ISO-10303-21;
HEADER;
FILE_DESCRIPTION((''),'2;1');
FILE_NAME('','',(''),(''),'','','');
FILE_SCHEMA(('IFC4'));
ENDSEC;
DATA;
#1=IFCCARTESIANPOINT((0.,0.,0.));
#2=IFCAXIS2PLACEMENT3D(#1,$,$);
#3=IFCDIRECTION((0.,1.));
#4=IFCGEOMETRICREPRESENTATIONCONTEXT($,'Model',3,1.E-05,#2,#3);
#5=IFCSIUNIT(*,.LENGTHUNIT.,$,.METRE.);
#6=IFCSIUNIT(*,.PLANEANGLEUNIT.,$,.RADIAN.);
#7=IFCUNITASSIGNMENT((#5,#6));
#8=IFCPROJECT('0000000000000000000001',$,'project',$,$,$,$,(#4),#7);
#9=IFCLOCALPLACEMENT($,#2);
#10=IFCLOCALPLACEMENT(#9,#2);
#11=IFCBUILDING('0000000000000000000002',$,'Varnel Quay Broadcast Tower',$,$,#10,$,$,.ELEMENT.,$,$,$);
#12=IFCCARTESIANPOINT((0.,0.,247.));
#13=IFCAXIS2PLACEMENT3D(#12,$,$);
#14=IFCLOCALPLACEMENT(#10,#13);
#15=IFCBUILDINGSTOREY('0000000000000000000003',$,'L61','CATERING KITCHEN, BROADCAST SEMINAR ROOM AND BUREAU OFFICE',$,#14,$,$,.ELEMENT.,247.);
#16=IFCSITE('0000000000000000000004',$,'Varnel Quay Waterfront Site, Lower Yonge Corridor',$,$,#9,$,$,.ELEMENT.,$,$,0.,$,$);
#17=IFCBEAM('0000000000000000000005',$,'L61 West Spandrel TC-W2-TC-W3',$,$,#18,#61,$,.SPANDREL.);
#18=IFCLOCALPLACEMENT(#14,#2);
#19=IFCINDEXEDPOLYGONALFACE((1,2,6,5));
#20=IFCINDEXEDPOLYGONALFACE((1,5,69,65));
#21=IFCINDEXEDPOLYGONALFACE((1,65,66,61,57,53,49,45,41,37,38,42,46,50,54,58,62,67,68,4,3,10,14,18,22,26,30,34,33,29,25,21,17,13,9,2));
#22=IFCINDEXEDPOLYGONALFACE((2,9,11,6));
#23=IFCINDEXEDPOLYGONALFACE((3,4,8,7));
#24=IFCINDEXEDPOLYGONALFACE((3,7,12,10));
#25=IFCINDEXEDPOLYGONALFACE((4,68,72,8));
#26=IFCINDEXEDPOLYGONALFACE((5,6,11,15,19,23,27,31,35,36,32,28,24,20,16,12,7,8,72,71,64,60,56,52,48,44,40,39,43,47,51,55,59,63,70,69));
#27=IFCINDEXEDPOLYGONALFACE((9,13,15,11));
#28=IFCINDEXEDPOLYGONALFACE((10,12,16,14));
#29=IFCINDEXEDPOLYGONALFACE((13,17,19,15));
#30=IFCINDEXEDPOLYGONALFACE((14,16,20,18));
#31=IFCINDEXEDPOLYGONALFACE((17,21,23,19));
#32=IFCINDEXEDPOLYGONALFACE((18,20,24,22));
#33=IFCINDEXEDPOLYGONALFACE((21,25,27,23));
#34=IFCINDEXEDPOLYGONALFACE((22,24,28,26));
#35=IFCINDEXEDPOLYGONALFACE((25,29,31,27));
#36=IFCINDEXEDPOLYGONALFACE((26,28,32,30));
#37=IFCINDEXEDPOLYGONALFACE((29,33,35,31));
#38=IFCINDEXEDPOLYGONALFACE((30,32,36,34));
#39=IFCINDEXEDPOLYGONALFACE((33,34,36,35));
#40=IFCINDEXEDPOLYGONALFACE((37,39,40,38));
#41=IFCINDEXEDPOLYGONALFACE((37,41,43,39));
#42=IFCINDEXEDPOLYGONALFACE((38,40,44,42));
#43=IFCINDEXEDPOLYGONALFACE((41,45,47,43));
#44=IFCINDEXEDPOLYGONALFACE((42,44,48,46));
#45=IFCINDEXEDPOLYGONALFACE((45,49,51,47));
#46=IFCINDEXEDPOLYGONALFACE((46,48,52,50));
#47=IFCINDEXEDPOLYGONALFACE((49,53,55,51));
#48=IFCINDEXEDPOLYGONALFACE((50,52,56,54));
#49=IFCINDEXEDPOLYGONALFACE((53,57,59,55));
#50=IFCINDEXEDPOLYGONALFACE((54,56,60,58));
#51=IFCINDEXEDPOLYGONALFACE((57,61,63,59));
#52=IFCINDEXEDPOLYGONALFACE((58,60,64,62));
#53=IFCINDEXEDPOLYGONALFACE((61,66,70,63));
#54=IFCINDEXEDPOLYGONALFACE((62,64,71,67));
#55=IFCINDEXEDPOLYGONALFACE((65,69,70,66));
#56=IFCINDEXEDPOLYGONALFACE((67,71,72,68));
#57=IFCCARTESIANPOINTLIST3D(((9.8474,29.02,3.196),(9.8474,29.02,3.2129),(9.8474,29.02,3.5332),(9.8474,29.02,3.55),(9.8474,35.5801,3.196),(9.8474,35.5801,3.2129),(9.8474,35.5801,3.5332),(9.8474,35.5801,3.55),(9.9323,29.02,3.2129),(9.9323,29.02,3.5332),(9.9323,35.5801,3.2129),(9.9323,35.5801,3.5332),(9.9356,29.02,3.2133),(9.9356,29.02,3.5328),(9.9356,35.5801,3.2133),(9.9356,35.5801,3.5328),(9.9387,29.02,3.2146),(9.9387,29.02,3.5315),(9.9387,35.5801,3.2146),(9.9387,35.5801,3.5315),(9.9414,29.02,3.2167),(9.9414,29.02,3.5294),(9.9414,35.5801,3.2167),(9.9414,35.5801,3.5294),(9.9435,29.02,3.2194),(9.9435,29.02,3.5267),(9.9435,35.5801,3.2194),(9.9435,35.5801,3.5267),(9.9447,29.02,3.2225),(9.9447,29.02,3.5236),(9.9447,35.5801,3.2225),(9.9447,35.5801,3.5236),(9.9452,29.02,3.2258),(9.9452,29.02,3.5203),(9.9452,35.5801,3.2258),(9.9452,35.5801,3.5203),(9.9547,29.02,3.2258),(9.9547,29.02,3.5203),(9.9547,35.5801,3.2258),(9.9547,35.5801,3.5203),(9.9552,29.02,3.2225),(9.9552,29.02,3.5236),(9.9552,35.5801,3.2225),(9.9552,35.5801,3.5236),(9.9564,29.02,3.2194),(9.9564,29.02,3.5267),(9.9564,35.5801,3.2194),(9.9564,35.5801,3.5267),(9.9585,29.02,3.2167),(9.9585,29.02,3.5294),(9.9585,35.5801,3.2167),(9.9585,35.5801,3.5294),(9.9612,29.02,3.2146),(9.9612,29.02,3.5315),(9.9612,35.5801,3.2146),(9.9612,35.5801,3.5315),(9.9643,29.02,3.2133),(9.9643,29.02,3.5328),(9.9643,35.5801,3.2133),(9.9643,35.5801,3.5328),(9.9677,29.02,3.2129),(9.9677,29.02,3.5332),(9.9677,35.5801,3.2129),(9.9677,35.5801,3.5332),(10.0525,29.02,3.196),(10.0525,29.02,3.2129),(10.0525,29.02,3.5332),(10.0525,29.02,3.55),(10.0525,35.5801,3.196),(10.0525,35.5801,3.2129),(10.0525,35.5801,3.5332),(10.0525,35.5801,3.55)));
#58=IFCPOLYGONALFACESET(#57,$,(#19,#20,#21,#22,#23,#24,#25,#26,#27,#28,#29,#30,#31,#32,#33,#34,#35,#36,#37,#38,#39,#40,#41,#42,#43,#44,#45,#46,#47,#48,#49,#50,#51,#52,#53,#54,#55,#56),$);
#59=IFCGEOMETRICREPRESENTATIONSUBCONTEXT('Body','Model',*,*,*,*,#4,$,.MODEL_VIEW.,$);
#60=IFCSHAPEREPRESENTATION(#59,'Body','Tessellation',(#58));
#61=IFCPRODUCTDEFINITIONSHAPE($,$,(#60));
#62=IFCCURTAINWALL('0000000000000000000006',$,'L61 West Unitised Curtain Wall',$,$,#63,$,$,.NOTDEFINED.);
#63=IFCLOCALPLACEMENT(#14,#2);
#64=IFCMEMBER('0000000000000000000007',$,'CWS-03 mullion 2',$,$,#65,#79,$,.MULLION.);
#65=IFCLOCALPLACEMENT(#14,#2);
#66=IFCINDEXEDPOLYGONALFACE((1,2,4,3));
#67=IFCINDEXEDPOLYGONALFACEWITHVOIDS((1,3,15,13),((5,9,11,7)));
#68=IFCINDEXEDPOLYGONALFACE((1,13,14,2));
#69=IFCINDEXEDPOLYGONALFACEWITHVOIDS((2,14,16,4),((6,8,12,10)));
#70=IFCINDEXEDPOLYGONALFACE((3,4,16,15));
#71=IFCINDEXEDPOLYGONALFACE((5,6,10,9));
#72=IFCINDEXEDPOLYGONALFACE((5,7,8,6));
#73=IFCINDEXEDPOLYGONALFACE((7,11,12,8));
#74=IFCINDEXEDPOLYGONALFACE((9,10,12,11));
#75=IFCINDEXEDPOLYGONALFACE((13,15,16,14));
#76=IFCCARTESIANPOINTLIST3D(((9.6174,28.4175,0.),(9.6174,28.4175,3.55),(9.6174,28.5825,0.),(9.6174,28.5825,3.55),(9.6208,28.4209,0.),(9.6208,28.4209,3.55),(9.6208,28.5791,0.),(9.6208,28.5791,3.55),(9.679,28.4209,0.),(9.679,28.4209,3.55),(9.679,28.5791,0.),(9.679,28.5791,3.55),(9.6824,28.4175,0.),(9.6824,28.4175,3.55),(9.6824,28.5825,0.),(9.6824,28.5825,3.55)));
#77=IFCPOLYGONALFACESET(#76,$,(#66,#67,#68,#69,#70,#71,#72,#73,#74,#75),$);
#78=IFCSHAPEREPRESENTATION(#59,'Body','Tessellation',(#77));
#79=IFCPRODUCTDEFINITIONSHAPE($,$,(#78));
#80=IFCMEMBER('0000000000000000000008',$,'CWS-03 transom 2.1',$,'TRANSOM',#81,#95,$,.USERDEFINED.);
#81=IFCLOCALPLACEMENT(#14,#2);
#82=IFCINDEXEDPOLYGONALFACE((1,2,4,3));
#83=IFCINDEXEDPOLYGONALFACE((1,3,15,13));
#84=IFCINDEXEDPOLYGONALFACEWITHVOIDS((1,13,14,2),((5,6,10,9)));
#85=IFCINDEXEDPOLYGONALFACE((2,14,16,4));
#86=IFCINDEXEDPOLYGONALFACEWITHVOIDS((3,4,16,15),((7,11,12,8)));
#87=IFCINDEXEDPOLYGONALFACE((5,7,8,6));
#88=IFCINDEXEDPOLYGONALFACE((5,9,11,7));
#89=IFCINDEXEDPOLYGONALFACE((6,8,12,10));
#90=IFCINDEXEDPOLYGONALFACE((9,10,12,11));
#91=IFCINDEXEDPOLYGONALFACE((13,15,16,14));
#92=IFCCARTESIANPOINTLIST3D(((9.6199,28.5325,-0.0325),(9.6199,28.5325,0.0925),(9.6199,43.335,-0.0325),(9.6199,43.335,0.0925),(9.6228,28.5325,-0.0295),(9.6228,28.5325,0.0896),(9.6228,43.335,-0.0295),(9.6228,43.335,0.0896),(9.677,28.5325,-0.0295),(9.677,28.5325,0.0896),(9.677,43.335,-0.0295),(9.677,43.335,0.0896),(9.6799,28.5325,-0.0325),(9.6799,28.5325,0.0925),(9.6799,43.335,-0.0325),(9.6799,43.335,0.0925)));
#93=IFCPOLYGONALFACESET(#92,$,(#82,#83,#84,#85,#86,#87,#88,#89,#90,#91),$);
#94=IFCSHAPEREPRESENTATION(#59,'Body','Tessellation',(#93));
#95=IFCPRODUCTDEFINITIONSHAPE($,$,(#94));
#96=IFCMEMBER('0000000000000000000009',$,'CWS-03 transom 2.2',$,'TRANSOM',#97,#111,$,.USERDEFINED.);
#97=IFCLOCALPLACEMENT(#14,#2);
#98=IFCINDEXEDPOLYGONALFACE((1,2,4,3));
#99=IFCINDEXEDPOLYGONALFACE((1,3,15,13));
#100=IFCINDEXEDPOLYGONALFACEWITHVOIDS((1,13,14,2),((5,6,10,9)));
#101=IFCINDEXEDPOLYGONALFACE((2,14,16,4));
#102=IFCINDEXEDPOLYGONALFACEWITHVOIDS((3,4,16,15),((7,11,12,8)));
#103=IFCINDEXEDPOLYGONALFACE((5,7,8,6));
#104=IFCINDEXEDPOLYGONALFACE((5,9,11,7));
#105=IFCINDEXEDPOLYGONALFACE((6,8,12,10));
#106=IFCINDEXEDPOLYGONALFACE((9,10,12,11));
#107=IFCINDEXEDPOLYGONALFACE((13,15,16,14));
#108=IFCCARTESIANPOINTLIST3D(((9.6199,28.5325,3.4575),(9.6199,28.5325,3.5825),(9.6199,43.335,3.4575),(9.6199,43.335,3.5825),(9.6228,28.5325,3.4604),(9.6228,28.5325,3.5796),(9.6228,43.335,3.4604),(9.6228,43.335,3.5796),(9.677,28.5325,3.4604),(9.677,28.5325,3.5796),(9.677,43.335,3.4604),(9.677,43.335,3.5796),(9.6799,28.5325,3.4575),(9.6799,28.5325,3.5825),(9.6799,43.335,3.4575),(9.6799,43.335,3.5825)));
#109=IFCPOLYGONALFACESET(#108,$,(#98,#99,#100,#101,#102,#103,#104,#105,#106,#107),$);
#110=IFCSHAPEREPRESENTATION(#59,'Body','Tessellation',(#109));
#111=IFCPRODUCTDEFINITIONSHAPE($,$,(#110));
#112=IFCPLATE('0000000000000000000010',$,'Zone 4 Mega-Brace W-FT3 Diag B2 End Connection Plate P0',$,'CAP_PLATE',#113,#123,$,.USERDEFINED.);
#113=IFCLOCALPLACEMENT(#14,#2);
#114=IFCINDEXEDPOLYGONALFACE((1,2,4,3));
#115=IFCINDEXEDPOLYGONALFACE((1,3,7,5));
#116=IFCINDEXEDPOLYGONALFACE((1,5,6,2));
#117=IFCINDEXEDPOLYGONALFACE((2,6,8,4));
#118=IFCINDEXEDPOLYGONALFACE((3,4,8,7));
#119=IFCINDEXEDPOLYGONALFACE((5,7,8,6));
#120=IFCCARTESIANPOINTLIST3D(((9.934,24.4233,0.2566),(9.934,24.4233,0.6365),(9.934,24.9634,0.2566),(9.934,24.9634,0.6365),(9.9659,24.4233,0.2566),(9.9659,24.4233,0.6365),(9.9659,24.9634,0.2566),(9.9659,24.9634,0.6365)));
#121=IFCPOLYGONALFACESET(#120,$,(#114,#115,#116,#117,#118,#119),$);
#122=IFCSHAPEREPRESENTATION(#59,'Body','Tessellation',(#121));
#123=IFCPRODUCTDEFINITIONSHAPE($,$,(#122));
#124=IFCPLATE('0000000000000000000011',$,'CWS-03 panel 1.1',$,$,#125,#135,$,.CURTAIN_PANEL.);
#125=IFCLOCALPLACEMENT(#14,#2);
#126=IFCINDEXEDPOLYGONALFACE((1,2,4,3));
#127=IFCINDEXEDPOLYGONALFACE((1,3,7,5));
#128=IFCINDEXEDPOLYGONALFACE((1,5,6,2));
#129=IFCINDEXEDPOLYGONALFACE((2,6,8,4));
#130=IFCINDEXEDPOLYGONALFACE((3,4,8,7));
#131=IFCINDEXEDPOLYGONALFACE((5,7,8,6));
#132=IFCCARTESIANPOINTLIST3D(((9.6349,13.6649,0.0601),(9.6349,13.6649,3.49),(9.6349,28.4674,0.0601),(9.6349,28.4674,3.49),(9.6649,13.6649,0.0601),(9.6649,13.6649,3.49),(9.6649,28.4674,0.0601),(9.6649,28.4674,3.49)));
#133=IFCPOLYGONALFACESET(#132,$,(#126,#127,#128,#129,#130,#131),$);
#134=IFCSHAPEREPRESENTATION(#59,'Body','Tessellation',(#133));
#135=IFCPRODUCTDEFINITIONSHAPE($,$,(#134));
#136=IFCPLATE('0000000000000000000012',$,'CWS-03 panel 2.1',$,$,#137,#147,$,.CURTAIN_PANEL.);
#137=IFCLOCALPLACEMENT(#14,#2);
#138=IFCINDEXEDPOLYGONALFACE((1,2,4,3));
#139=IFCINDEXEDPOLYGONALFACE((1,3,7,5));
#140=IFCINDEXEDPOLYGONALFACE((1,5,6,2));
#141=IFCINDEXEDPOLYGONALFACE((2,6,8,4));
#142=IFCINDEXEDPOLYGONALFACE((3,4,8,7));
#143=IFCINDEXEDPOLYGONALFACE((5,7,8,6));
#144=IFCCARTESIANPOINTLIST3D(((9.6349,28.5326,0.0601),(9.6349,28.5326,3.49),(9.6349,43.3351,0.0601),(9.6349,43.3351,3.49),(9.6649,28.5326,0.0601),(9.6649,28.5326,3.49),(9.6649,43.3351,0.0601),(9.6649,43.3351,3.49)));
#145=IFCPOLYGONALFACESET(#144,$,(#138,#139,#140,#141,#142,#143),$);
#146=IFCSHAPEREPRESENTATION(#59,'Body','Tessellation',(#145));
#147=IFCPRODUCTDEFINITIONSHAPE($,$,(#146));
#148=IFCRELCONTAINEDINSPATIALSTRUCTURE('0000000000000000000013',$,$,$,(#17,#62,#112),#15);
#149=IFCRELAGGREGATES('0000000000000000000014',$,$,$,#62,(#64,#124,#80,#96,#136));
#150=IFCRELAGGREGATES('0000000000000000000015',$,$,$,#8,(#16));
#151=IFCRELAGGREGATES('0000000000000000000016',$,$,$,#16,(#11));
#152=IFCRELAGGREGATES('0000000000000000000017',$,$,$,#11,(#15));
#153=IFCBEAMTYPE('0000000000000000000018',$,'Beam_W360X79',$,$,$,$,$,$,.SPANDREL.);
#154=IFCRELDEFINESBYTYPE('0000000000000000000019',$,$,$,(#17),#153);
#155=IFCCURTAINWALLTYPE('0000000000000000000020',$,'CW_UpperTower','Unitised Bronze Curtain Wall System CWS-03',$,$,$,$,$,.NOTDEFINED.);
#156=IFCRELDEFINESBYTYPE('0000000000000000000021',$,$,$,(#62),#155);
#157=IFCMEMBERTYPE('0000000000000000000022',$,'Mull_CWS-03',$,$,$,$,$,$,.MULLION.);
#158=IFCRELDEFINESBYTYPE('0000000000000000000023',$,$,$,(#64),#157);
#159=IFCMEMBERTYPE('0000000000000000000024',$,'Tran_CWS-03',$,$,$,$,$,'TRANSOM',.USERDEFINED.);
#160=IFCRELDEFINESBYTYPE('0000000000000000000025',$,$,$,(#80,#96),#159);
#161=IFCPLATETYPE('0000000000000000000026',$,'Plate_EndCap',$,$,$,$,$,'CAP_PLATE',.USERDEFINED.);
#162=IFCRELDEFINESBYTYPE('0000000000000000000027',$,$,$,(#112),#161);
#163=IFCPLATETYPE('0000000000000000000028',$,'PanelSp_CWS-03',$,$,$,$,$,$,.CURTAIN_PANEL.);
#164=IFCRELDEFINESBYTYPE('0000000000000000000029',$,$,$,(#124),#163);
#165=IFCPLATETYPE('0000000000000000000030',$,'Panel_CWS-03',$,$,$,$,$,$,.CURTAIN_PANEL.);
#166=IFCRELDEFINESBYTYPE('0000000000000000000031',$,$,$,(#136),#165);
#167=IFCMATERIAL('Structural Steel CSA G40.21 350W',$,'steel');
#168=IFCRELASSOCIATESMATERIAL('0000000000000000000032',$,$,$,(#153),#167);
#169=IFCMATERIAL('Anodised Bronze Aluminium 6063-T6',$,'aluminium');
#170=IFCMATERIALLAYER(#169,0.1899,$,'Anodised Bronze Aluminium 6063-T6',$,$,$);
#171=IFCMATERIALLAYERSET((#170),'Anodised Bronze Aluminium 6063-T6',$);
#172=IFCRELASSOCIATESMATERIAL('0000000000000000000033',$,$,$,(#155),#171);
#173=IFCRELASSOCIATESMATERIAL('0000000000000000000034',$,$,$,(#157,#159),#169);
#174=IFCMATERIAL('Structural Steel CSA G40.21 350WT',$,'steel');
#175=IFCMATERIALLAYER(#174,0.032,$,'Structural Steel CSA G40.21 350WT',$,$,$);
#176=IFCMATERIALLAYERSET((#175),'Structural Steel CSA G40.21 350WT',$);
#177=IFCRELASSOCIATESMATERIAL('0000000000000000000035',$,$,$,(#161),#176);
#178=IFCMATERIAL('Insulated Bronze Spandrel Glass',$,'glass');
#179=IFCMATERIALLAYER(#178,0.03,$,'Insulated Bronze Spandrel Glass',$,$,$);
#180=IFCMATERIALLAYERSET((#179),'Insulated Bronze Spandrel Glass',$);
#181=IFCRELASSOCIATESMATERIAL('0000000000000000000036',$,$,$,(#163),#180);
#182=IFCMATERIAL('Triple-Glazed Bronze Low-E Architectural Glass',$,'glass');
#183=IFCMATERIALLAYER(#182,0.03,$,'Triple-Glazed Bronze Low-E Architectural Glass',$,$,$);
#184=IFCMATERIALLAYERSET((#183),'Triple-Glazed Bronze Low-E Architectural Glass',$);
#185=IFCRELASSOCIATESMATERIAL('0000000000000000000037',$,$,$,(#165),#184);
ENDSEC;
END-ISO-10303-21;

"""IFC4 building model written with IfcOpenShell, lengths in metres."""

from ifc_helpers import new_model, si_unit, direction, frame, origin, origin_2d, place, context, subcontext, project, spatial, rectangle, hollow_rectangle, i_section, extrude, source, transform, mapped, material, layer, layer_set, material_profile, profile_set, type_object, type_shapes, element, aggregate, save


model = new_model("IFC4")

# Units and contexts
model_context = context("Model", 3, precision=1e-05, world=origin(), true_north=direction((0.0, 1.0)))
body_context = subcontext(model_context, "Body", "Model", "MODEL_VIEW")
ifc_project = project(units=[si_unit("LENGTHUNIT", "METRE"), si_unit("PLANEANGLEUNIT", "RADIAN")], contexts=[model_context])

# Site, building, storey
site_placement = place(None, origin())
site = spatial("IfcSite", under=ifc_project, at=site_placement, Name="Varnel Quay Waterfront Site, Lower Yonge Corridor", CompositionType="ELEMENT", RefElevation=0.0)
building_placement = place(site_placement, origin())
building = spatial("IfcBuilding", under=site, at=building_placement, Name="Varnel Quay Broadcast Tower", CompositionType="ELEMENT")
storey_placement = place(building_placement, frame((0.0, 0.0, 247.0)))
storey = spatial("IfcBuildingStorey", under=building, at=storey_placement, Name="L61", Description="CATERING KITCHEN, BROADCAST SEMINAR ROOM AND BUREAU OFFICE", CompositionType="ELEMENT", Elevation=247.0)

# Shared definitions
ifc_material_1 = material(Name="Structural Steel CSA G40.21 350W", Category="steel")

# Beam
ifc_material_profile_1 = material_profile(ifc_material_1, i_section(OverallWidth=0.2051, OverallDepth=0.354, WebThickness=0.0095, FlangeThickness=0.0168, FilletRadius=0.0129, at=origin_2d()), Name="W360X79")
ifc_profile_set_1 = profile_set([ifc_material_profile_1], Name="Structural Steel CSA G40.21 350W")
beam_type = type_object("IfcBeamType", Name="Beam_W360X79", PredefinedType="SPANDREL", material=ifc_profile_set_1)
shared_shape_1 = source(origin(), body_context, "Body", "SweptSolid", [
    extrude(i_section(OverallWidth=0.2051, OverallDepth=0.354, WebThickness=0.0095, FlangeThickness=0.0168, FilletRadius=0.0129, at=origin_2d()), origin(), (0.0, 0.0, 1.0), 6.5601),
])
beam_1_placement = place(storey_placement, frame((9.95, 29.02, 3.373), z_axis=(0.0, 1.0, 0.0), x_axis=(-1.0, 0.0, 0.0)))
element("IfcBeam", 1, at=beam_1_placement, inside=storey, type_object=beam_type, Name="L61 West Spandrel TC-W2-TC-W3", PredefinedType="SPANDREL", context=body_context, shape_type="MappedRepresentation", body=[
    mapped(shared_shape_1, transform((0.0, 0.0, 0.0), x_axis=(1.0, 0.0, 0.0), y_axis=(0.0, 1.0, 0.0), z_axis=(0.0, 0.0, 1.0), scale=1.0)),
])

# Curtain wall, members
ifc_material_2 = material(Name="Anodised Bronze Aluminium 6063-T6", Category="aluminium")
ifc_layer_1 = layer(ifc_material_2, 0.1899, Name="Anodised Bronze Aluminium 6063-T6")
ifc_layer_set_1 = layer_set([ifc_layer_1], Name="Anodised Bronze Aluminium 6063-T6")
curtain_wall_type = type_object("IfcCurtainWallType", Name="CW_UpperTower", Description="Unitised Bronze Curtain Wall System CWS-03", PredefinedType="NOTDEFINED", material=ifc_layer_set_1)
curtain_wall_placement = place(storey_placement, origin())
curtain_wall = element("IfcCurtainWall", 2, at=curtain_wall_placement, inside=storey, type_object=curtain_wall_type, Name="L61 West Unitised Curtain Wall", PredefinedType="NOTDEFINED")
ifc_material_profile_2 = material_profile(ifc_material_2, hollow_rectangle(XDim=0.0649, YDim=0.165, WallThickness=0.0034, at=origin_2d()), Name="ALU65X165X3.5")
ifc_profile_set_2 = profile_set([ifc_material_profile_2], Name="Anodised Bronze Aluminium 6063-T6")
member_type_1 = type_object("IfcMemberType", Name="Mull_CWS-03", PredefinedType="MULLION", material=ifc_profile_set_2)
shared_shape_2 = source(origin(), body_context, "Body", "SweptSolid", [
    extrude(hollow_rectangle(XDim=0.0649, YDim=0.165, WallThickness=0.0034, at=origin_2d()), origin(), (0.0, 0.0, 1.0), 3.55),
])
type_shapes(member_type_1, [shared_shape_2])
member_1_placement = place(storey_placement, frame((9.6499, 28.5, 0.0), z_axis=(0.0, 0.0, 1.0), x_axis=(-1.0, 0.0, 0.0)))
member_1 = element("IfcMember", 3, at=member_1_placement, type_object=member_type_1, Name="CWS-03 mullion 2", PredefinedType="MULLION", context=body_context, shape_type="MappedRepresentation", body=[
    mapped(shared_shape_2, transform((0.0, 0.0, 0.0), x_axis=(1.0, 0.0, 0.0), y_axis=(0.0, 1.0, 0.0), z_axis=(0.0, 0.0, 1.0), scale=1.0)),
])
ifc_material_profile_3 = material_profile(ifc_material_2, hollow_rectangle(XDim=0.0601, YDim=0.125, WallThickness=0.0029, at=origin_2d()), Name="ALU60X125X3")
ifc_profile_set_3 = profile_set([ifc_material_profile_3], Name="Anodised Bronze Aluminium 6063-T6")
member_type_2 = type_object("IfcMemberType", Name="Tran_CWS-03", ElementType="TRANSOM", PredefinedType="USERDEFINED", material=ifc_profile_set_3)
shared_shape_3 = source(origin(), body_context, "Body", "SweptSolid", [
    extrude(hollow_rectangle(XDim=0.0601, YDim=0.125, WallThickness=0.0029, at=origin_2d()), origin(), (0.0, 0.0, 1.0), 14.8025),
])
type_shapes(member_type_2, [shared_shape_3])
member_2_placement = place(storey_placement, frame((9.6499, 28.5325, 0.03), z_axis=(0.0, 1.0, 0.0), x_axis=(-1.0, 0.0, 0.0)))
member_2 = element("IfcMember", 4, at=member_2_placement, type_object=member_type_2, Name="CWS-03 transom 2.1", ObjectType="TRANSOM", PredefinedType="USERDEFINED", context=body_context, shape_type="MappedRepresentation", body=[
    mapped(shared_shape_3, transform((0.0, 0.0, 0.0), x_axis=(1.0, 0.0, 0.0), y_axis=(0.0, 1.0, 0.0), z_axis=(0.0, 0.0, 1.0), scale=1.0)),
])
member_3_placement = place(storey_placement, frame((9.6499, 28.5325, 3.52), z_axis=(0.0, 1.0, 0.0), x_axis=(-1.0, 0.0, 0.0)))
member_3 = element("IfcMember", 5, at=member_3_placement, type_object=member_type_2, Name="CWS-03 transom 2.2", ObjectType="TRANSOM", PredefinedType="USERDEFINED", context=body_context, shape_type="MappedRepresentation", body=[
    mapped(shared_shape_3, transform((0.0, 0.0, 0.0), x_axis=(1.0, 0.0, 0.0), y_axis=(0.0, 1.0, 0.0), z_axis=(0.0, 0.0, 1.0), scale=1.0)),
])

# Plates
ifc_material_3 = material(Name="Structural Steel CSA G40.21 350WT", Category="steel")
ifc_layer_2 = layer(ifc_material_3, 0.032, Name="Structural Steel CSA G40.21 350WT")
ifc_layer_set_2 = layer_set([ifc_layer_2], Name="Structural Steel CSA G40.21 350WT")
plate_type_1 = type_object("IfcPlateType", Name="Plate_EndCap", ElementType="CAP_PLATE", PredefinedType="USERDEFINED", material=ifc_layer_set_2)
shared_shape_4 = source(origin(), body_context, "Body", "SweptSolid", [
    extrude(rectangle(XDim=0.54, YDim=0.032, at=origin_2d()), origin(), (0.0, 0.0, 1.0), 0.3799),
])
type_shapes(plate_type_1, [shared_shape_4])
plate_1_placement = place(storey_placement, frame((9.95, 24.6934, 0.2566), z_axis=(0.0, 0.0, 1.0), x_axis=(0.0, 1.0, 0.0)))
element("IfcPlate", 6, at=plate_1_placement, inside=storey, type_object=plate_type_1, Name="Zone 4 Mega-Brace W-FT3 Diag B2 End Connection Plate P0", ObjectType="CAP_PLATE", PredefinedType="USERDEFINED", context=body_context, shape_type="MappedRepresentation", body=[
    mapped(shared_shape_4, transform((0.0, 0.0, 0.0), x_axis=(1.0, 0.0, 0.0), y_axis=(0.0, 1.0, 0.0), z_axis=(0.0, 0.0, 1.0), scale=1.0)),
])
ifc_material_4 = material(Name="Insulated Bronze Spandrel Glass", Category="glass")
ifc_layer_3 = layer(ifc_material_4, 0.03, Name="Insulated Bronze Spandrel Glass")
ifc_layer_set_3 = layer_set([ifc_layer_3], Name="Insulated Bronze Spandrel Glass")
plate_type_2 = type_object("IfcPlateType", Name="PanelSp_CWS-03", PredefinedType="CURTAIN_PANEL", material=ifc_layer_set_3)
shared_shape_5 = source(origin(), body_context, "Body", "SweptSolid", [
    extrude(rectangle(XDim=14.8025, YDim=0.03, at=origin_2d()), origin(), (0.0, 0.0, 1.0), 3.4299),
])
type_shapes(plate_type_2, [shared_shape_5])
plate_2_placement = place(storey_placement, frame((9.6499, 21.0662, 0.0601), z_axis=(0.0, 0.0, 1.0), x_axis=(0.0, 1.0, 0.0)))
plate_2 = element("IfcPlate", 7, at=plate_2_placement, type_object=plate_type_2, Name="CWS-03 panel 1.1", PredefinedType="CURTAIN_PANEL", context=body_context, shape_type="MappedRepresentation", body=[
    mapped(shared_shape_5, transform((0.0, 0.0, 0.0), x_axis=(1.0, 0.0, 0.0), y_axis=(0.0, 1.0, 0.0), z_axis=(0.0, 0.0, 1.0), scale=1.0)),
])
ifc_material_5 = material(Name="Triple-Glazed Bronze Low-E Architectural Glass", Category="glass")
ifc_layer_4 = layer(ifc_material_5, 0.03, Name="Triple-Glazed Bronze Low-E Architectural Glass")
ifc_layer_set_4 = layer_set([ifc_layer_4], Name="Triple-Glazed Bronze Low-E Architectural Glass")
plate_type_3 = type_object("IfcPlateType", Name="Panel_CWS-03", PredefinedType="CURTAIN_PANEL", material=ifc_layer_set_4)
shared_shape_6 = source(origin(), body_context, "Body", "SweptSolid", [
    extrude(rectangle(XDim=14.8025, YDim=0.03, at=origin_2d()), origin(), (0.0, 0.0, 1.0), 3.4299),
])
type_shapes(plate_type_3, [shared_shape_6])
plate_3_placement = place(storey_placement, frame((9.6499, 35.9338, 0.0601), z_axis=(0.0, 0.0, 1.0), x_axis=(0.0, 1.0, 0.0)))
plate_3 = element("IfcPlate", 8, at=plate_3_placement, type_object=plate_type_3, Name="CWS-03 panel 2.1", PredefinedType="CURTAIN_PANEL", context=body_context, shape_type="MappedRepresentation", body=[
    mapped(shared_shape_6, transform((0.0, 0.0, 0.0), x_axis=(1.0, 0.0, 0.0), y_axis=(0.0, 1.0, 0.0), z_axis=(0.0, 0.0, 1.0), scale=1.0)),
])
aggregate(curtain_wall, [member_1, plate_2, member_2, member_3, plate_3])

save(model, "model.ifc")
